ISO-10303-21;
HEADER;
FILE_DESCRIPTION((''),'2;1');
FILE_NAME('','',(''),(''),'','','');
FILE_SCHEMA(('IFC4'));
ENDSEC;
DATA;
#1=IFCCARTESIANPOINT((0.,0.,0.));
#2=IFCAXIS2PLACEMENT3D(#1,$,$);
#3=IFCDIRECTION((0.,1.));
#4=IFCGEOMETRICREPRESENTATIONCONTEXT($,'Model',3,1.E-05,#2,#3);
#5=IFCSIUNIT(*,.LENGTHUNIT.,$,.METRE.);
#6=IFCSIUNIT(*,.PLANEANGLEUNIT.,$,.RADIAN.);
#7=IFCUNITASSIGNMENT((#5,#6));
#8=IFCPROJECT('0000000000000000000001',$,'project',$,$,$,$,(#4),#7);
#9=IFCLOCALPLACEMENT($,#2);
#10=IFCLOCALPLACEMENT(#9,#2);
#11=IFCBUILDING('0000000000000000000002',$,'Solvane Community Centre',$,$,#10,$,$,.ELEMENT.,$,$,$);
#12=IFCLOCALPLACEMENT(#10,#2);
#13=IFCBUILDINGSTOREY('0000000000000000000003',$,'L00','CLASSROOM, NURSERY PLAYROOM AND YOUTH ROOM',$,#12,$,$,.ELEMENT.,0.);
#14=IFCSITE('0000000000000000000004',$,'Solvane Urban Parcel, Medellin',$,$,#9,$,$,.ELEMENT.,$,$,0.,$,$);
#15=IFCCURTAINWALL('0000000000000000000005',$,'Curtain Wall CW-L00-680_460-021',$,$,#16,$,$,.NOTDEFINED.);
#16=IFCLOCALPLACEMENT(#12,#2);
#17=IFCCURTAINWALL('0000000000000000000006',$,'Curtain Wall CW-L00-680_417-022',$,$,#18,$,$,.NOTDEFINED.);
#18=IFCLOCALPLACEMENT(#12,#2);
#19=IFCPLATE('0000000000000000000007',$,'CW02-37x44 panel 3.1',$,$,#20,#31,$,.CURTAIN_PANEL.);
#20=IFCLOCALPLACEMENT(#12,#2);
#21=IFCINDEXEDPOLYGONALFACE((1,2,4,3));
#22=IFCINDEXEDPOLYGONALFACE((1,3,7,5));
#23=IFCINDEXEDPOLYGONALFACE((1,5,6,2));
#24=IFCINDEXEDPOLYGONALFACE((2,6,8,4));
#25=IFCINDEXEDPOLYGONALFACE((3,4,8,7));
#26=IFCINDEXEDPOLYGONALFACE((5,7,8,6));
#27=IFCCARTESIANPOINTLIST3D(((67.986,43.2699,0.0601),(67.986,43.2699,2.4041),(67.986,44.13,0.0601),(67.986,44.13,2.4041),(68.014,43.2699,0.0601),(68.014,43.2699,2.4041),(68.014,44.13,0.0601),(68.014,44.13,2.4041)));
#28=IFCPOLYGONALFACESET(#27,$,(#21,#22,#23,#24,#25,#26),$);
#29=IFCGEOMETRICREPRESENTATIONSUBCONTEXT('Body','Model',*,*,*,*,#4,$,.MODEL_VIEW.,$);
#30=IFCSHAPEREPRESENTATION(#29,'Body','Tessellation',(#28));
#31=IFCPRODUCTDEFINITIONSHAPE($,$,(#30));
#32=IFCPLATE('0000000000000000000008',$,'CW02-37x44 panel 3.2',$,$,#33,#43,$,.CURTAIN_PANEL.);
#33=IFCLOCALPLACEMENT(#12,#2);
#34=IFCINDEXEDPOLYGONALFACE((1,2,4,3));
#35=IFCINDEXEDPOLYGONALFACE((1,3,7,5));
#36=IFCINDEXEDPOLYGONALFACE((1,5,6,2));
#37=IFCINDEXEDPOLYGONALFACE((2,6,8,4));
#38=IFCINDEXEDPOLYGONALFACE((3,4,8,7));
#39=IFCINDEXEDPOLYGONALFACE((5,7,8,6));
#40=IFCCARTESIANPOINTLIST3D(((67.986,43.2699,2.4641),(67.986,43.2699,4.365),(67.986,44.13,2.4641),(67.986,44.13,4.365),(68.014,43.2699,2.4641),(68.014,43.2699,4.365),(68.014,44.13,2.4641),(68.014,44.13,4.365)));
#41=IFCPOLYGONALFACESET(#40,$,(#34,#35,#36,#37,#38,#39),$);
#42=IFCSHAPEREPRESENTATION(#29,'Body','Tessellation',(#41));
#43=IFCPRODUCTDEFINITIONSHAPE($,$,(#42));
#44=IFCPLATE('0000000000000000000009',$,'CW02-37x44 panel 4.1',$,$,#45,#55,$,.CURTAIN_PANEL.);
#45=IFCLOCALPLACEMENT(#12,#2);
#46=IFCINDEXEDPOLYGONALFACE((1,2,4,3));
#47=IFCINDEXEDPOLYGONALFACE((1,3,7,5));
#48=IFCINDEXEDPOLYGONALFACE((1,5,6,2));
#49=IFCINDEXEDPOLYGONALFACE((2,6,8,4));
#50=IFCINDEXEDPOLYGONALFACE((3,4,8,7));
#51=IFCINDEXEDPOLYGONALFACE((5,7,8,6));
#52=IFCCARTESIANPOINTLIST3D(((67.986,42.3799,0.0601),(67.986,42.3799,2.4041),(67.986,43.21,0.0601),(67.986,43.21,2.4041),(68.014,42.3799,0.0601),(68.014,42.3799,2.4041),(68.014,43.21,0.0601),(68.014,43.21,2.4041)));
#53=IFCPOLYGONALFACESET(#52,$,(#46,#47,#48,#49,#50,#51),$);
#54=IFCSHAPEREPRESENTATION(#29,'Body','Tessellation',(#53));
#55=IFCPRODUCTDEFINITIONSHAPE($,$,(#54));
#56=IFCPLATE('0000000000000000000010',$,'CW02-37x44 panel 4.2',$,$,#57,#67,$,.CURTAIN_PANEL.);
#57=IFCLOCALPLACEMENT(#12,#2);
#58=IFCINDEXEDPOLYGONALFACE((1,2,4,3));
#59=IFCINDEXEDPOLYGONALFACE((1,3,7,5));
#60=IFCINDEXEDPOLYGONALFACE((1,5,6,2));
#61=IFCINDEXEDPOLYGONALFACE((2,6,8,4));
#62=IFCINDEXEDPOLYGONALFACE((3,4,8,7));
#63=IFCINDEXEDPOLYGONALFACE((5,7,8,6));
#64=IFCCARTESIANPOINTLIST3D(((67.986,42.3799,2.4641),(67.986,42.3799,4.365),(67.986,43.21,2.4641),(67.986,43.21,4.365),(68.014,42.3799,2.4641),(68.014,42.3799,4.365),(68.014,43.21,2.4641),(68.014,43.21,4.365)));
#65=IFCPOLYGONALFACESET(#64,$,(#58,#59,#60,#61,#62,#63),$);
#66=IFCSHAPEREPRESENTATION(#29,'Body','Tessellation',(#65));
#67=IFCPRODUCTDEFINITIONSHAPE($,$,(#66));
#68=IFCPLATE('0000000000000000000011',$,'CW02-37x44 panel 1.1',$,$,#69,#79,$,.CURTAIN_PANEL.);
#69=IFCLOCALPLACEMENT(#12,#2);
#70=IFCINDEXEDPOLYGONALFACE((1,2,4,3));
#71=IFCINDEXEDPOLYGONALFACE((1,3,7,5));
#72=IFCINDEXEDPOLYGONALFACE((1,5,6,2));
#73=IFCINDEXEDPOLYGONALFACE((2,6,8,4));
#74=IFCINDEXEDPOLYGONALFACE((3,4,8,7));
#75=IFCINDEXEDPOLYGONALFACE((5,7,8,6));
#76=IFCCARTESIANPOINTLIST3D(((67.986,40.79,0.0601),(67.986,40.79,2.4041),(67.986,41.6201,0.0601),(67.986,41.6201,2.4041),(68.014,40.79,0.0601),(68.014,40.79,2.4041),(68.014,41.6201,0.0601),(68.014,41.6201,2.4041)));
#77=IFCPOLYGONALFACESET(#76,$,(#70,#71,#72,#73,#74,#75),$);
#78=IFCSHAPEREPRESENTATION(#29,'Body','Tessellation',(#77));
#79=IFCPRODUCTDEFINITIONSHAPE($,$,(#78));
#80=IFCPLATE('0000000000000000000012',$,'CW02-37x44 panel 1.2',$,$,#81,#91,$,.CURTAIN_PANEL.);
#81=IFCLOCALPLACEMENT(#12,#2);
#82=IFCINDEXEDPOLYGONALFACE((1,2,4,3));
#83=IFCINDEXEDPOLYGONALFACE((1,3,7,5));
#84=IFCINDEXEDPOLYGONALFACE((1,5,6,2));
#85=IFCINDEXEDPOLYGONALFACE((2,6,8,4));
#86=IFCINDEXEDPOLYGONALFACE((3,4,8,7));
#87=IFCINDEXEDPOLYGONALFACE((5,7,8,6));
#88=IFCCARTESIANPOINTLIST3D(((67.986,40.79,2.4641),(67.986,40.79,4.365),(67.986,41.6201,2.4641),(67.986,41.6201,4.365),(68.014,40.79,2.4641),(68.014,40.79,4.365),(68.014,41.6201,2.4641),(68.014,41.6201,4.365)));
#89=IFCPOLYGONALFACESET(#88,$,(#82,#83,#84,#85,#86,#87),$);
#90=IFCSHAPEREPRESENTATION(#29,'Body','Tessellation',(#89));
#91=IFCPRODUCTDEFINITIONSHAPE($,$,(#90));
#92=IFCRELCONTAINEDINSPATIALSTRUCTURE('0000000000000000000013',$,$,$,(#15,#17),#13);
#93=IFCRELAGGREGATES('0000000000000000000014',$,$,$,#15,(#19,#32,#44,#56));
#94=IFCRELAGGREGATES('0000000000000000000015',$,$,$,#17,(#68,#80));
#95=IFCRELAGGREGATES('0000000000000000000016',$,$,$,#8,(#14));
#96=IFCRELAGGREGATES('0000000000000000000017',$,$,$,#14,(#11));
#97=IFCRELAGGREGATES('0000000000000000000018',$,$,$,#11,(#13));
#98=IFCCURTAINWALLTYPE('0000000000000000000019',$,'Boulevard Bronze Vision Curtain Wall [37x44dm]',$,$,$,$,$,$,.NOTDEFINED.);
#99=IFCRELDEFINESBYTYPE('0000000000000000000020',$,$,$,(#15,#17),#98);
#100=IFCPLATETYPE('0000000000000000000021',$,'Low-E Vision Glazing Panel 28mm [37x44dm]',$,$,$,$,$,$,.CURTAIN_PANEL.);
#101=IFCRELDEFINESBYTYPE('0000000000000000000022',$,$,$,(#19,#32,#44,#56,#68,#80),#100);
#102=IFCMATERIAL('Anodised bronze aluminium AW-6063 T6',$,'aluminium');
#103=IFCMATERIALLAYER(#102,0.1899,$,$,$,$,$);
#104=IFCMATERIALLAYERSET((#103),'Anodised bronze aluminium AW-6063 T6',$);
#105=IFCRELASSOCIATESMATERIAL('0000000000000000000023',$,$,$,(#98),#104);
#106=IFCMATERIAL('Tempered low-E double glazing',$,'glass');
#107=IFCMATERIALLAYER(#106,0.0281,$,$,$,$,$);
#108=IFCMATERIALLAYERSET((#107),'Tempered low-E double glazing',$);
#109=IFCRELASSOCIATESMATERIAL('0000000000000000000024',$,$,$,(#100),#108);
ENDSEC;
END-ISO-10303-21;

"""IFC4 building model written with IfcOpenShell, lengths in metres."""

from ifc_helpers import new_model, si_unit, direction, frame, origin, origin_2d, place, context, subcontext, project, spatial, rectangle, extrude, material, layer, layer_set, type_object, element, aggregate, save


model = new_model("IFC4")

# Units and contexts
model_context = context("Model", 3, precision=1e-05, world=origin(), true_north=direction((0.0, 1.0)))
body_context = subcontext(model_context, "Body", "Model", "MODEL_VIEW")
ifc_project = project(units=[si_unit("LENGTHUNIT", "METRE"), si_unit("PLANEANGLEUNIT", "RADIAN")], contexts=[model_context])

# Site, building, storey
site_placement = place(None, origin())
site = spatial("IfcSite", under=ifc_project, at=site_placement, Name="Solvane Urban Parcel, Medellin", CompositionType="ELEMENT", RefElevation=0.0)
building_placement = place(site_placement, origin())
building = spatial("IfcBuilding", under=site, at=building_placement, Name="Solvane Community Centre", CompositionType="ELEMENT")
storey_placement = place(building_placement, origin())
storey = spatial("IfcBuildingStorey", under=building, at=storey_placement, Name="L00", Description="CLASSROOM, NURSERY PLAYROOM AND YOUTH ROOM", CompositionType="ELEMENT", Elevation=0.0)

# Curtain walls
ifc_material_1 = material(Name="Anodised bronze aluminium AW-6063 T6", Category="aluminium")
ifc_layer_1 = layer(ifc_material_1, 0.1899)
ifc_layer_set_1 = layer_set([ifc_layer_1], Name="Anodised bronze aluminium AW-6063 T6")
curtain_wall_type = type_object("IfcCurtainWallType", Name="Boulevard Bronze Vision Curtain Wall [37x44dm]", PredefinedType="NOTDEFINED", material=ifc_layer_set_1)
curtain_wall_1_placement = place(storey_placement, origin())
curtain_wall_1 = element("IfcCurtainWall", 1, at=curtain_wall_1_placement, inside=storey, type_object=curtain_wall_type, Name="Curtain Wall CW-L00-680_460-021", PredefinedType="NOTDEFINED")
curtain_wall_2_placement = place(storey_placement, origin())
curtain_wall_2 = element("IfcCurtainWall", 2, at=curtain_wall_2_placement, inside=storey, type_object=curtain_wall_type, Name="Curtain Wall CW-L00-680_417-022", PredefinedType="NOTDEFINED")

# Plates
ifc_material_2 = material(Name="Tempered low-E double glazing", Category="glass")
ifc_layer_2 = layer(ifc_material_2, 0.0281)
ifc_layer_set_2 = layer_set([ifc_layer_2], Name="Tempered low-E double glazing")
plate_type = type_object("IfcPlateType", Name="Low-E Vision Glazing Panel 28mm [37x44dm]", PredefinedType="CURTAIN_PANEL", material=ifc_layer_set_2)
plate_1_placement = place(storey_placement, frame((68.0, 43.7, 0.0601), z_axis=(0.0, 0.0, 1.0), x_axis=(0.0, -1.0, 0.0)))
plate_1 = element("IfcPlate", 3, at=plate_1_placement, type_object=plate_type, Name="CW02-37x44 panel 3.1", PredefinedType="CURTAIN_PANEL", context=body_context, shape_type="SweptSolid", body=[
    extrude(rectangle(XDim=0.8601, YDim=0.0281, at=origin_2d()), origin(), (0.0, 0.0, 1.0), 2.344),
])
plate_2_placement = place(storey_placement, frame((68.0, 43.7, 2.4641), z_axis=(0.0, 0.0, 1.0), x_axis=(0.0, -1.0, 0.0)))
plate_2 = element("IfcPlate", 4, at=plate_2_placement, type_object=plate_type, Name="CW02-37x44 panel 3.2", PredefinedType="CURTAIN_PANEL", context=body_context, shape_type="SweptSolid", body=[
    extrude(rectangle(XDim=0.8601, YDim=0.0281, at=origin_2d()), origin(), (0.0, 0.0, 1.0), 1.9009),
])
plate_3_placement = place(storey_placement, frame((68.0, 42.7949, 0.0601), z_axis=(0.0, 0.0, 1.0), x_axis=(0.0, -1.0, 0.0)))
plate_3 = element("IfcPlate", 5, at=plate_3_placement, type_object=plate_type, Name="CW02-37x44 panel 4.1", PredefinedType="CURTAIN_PANEL", context=body_context, shape_type="SweptSolid", body=[
    extrude(rectangle(XDim=0.8301, YDim=0.0281, at=origin_2d()), origin(), (0.0, 0.0, 1.0), 2.344),
])
plate_4_placement = place(storey_placement, frame((68.0, 42.7949, 2.4641), z_axis=(0.0, 0.0, 1.0), x_axis=(0.0, -1.0, 0.0)))
plate_4 = element("IfcPlate", 6, at=plate_4_placement, type_object=plate_type, Name="CW02-37x44 panel 4.2", PredefinedType="CURTAIN_PANEL", context=body_context, shape_type="SweptSolid", body=[
    extrude(rectangle(XDim=0.8301, YDim=0.0281, at=origin_2d()), origin(), (0.0, 0.0, 1.0), 1.9009),
])
aggregate(curtain_wall_1, [plate_1, plate_2, plate_3, plate_4])
plate_5_placement = place(storey_placement, frame((68.0, 41.2051, 0.0601), z_axis=(0.0, 0.0, 1.0), x_axis=(0.0, -1.0, 0.0)))
plate_5 = element("IfcPlate", 7, at=plate_5_placement, type_object=plate_type, Name="CW02-37x44 panel 1.1", PredefinedType="CURTAIN_PANEL", context=body_context, shape_type="SweptSolid", body=[
    extrude(rectangle(XDim=0.8301, YDim=0.0281, at=origin_2d()), origin(), (0.0, 0.0, 1.0), 2.344),
])
plate_6_placement = place(storey_placement, frame((68.0, 41.2051, 2.4641), z_axis=(0.0, 0.0, 1.0), x_axis=(0.0, -1.0, 0.0)))
plate_6 = element("IfcPlate", 8, at=plate_6_placement, type_object=plate_type, Name="CW02-37x44 panel 1.2", PredefinedType="CURTAIN_PANEL", context=body_context, shape_type="SweptSolid", body=[
    extrude(rectangle(XDim=0.8301, YDim=0.0281, at=origin_2d()), origin(), (0.0, 0.0, 1.0), 1.9009),
])
aggregate(curtain_wall_2, [plate_5, plate_6])

save(model, "model.ifc")
